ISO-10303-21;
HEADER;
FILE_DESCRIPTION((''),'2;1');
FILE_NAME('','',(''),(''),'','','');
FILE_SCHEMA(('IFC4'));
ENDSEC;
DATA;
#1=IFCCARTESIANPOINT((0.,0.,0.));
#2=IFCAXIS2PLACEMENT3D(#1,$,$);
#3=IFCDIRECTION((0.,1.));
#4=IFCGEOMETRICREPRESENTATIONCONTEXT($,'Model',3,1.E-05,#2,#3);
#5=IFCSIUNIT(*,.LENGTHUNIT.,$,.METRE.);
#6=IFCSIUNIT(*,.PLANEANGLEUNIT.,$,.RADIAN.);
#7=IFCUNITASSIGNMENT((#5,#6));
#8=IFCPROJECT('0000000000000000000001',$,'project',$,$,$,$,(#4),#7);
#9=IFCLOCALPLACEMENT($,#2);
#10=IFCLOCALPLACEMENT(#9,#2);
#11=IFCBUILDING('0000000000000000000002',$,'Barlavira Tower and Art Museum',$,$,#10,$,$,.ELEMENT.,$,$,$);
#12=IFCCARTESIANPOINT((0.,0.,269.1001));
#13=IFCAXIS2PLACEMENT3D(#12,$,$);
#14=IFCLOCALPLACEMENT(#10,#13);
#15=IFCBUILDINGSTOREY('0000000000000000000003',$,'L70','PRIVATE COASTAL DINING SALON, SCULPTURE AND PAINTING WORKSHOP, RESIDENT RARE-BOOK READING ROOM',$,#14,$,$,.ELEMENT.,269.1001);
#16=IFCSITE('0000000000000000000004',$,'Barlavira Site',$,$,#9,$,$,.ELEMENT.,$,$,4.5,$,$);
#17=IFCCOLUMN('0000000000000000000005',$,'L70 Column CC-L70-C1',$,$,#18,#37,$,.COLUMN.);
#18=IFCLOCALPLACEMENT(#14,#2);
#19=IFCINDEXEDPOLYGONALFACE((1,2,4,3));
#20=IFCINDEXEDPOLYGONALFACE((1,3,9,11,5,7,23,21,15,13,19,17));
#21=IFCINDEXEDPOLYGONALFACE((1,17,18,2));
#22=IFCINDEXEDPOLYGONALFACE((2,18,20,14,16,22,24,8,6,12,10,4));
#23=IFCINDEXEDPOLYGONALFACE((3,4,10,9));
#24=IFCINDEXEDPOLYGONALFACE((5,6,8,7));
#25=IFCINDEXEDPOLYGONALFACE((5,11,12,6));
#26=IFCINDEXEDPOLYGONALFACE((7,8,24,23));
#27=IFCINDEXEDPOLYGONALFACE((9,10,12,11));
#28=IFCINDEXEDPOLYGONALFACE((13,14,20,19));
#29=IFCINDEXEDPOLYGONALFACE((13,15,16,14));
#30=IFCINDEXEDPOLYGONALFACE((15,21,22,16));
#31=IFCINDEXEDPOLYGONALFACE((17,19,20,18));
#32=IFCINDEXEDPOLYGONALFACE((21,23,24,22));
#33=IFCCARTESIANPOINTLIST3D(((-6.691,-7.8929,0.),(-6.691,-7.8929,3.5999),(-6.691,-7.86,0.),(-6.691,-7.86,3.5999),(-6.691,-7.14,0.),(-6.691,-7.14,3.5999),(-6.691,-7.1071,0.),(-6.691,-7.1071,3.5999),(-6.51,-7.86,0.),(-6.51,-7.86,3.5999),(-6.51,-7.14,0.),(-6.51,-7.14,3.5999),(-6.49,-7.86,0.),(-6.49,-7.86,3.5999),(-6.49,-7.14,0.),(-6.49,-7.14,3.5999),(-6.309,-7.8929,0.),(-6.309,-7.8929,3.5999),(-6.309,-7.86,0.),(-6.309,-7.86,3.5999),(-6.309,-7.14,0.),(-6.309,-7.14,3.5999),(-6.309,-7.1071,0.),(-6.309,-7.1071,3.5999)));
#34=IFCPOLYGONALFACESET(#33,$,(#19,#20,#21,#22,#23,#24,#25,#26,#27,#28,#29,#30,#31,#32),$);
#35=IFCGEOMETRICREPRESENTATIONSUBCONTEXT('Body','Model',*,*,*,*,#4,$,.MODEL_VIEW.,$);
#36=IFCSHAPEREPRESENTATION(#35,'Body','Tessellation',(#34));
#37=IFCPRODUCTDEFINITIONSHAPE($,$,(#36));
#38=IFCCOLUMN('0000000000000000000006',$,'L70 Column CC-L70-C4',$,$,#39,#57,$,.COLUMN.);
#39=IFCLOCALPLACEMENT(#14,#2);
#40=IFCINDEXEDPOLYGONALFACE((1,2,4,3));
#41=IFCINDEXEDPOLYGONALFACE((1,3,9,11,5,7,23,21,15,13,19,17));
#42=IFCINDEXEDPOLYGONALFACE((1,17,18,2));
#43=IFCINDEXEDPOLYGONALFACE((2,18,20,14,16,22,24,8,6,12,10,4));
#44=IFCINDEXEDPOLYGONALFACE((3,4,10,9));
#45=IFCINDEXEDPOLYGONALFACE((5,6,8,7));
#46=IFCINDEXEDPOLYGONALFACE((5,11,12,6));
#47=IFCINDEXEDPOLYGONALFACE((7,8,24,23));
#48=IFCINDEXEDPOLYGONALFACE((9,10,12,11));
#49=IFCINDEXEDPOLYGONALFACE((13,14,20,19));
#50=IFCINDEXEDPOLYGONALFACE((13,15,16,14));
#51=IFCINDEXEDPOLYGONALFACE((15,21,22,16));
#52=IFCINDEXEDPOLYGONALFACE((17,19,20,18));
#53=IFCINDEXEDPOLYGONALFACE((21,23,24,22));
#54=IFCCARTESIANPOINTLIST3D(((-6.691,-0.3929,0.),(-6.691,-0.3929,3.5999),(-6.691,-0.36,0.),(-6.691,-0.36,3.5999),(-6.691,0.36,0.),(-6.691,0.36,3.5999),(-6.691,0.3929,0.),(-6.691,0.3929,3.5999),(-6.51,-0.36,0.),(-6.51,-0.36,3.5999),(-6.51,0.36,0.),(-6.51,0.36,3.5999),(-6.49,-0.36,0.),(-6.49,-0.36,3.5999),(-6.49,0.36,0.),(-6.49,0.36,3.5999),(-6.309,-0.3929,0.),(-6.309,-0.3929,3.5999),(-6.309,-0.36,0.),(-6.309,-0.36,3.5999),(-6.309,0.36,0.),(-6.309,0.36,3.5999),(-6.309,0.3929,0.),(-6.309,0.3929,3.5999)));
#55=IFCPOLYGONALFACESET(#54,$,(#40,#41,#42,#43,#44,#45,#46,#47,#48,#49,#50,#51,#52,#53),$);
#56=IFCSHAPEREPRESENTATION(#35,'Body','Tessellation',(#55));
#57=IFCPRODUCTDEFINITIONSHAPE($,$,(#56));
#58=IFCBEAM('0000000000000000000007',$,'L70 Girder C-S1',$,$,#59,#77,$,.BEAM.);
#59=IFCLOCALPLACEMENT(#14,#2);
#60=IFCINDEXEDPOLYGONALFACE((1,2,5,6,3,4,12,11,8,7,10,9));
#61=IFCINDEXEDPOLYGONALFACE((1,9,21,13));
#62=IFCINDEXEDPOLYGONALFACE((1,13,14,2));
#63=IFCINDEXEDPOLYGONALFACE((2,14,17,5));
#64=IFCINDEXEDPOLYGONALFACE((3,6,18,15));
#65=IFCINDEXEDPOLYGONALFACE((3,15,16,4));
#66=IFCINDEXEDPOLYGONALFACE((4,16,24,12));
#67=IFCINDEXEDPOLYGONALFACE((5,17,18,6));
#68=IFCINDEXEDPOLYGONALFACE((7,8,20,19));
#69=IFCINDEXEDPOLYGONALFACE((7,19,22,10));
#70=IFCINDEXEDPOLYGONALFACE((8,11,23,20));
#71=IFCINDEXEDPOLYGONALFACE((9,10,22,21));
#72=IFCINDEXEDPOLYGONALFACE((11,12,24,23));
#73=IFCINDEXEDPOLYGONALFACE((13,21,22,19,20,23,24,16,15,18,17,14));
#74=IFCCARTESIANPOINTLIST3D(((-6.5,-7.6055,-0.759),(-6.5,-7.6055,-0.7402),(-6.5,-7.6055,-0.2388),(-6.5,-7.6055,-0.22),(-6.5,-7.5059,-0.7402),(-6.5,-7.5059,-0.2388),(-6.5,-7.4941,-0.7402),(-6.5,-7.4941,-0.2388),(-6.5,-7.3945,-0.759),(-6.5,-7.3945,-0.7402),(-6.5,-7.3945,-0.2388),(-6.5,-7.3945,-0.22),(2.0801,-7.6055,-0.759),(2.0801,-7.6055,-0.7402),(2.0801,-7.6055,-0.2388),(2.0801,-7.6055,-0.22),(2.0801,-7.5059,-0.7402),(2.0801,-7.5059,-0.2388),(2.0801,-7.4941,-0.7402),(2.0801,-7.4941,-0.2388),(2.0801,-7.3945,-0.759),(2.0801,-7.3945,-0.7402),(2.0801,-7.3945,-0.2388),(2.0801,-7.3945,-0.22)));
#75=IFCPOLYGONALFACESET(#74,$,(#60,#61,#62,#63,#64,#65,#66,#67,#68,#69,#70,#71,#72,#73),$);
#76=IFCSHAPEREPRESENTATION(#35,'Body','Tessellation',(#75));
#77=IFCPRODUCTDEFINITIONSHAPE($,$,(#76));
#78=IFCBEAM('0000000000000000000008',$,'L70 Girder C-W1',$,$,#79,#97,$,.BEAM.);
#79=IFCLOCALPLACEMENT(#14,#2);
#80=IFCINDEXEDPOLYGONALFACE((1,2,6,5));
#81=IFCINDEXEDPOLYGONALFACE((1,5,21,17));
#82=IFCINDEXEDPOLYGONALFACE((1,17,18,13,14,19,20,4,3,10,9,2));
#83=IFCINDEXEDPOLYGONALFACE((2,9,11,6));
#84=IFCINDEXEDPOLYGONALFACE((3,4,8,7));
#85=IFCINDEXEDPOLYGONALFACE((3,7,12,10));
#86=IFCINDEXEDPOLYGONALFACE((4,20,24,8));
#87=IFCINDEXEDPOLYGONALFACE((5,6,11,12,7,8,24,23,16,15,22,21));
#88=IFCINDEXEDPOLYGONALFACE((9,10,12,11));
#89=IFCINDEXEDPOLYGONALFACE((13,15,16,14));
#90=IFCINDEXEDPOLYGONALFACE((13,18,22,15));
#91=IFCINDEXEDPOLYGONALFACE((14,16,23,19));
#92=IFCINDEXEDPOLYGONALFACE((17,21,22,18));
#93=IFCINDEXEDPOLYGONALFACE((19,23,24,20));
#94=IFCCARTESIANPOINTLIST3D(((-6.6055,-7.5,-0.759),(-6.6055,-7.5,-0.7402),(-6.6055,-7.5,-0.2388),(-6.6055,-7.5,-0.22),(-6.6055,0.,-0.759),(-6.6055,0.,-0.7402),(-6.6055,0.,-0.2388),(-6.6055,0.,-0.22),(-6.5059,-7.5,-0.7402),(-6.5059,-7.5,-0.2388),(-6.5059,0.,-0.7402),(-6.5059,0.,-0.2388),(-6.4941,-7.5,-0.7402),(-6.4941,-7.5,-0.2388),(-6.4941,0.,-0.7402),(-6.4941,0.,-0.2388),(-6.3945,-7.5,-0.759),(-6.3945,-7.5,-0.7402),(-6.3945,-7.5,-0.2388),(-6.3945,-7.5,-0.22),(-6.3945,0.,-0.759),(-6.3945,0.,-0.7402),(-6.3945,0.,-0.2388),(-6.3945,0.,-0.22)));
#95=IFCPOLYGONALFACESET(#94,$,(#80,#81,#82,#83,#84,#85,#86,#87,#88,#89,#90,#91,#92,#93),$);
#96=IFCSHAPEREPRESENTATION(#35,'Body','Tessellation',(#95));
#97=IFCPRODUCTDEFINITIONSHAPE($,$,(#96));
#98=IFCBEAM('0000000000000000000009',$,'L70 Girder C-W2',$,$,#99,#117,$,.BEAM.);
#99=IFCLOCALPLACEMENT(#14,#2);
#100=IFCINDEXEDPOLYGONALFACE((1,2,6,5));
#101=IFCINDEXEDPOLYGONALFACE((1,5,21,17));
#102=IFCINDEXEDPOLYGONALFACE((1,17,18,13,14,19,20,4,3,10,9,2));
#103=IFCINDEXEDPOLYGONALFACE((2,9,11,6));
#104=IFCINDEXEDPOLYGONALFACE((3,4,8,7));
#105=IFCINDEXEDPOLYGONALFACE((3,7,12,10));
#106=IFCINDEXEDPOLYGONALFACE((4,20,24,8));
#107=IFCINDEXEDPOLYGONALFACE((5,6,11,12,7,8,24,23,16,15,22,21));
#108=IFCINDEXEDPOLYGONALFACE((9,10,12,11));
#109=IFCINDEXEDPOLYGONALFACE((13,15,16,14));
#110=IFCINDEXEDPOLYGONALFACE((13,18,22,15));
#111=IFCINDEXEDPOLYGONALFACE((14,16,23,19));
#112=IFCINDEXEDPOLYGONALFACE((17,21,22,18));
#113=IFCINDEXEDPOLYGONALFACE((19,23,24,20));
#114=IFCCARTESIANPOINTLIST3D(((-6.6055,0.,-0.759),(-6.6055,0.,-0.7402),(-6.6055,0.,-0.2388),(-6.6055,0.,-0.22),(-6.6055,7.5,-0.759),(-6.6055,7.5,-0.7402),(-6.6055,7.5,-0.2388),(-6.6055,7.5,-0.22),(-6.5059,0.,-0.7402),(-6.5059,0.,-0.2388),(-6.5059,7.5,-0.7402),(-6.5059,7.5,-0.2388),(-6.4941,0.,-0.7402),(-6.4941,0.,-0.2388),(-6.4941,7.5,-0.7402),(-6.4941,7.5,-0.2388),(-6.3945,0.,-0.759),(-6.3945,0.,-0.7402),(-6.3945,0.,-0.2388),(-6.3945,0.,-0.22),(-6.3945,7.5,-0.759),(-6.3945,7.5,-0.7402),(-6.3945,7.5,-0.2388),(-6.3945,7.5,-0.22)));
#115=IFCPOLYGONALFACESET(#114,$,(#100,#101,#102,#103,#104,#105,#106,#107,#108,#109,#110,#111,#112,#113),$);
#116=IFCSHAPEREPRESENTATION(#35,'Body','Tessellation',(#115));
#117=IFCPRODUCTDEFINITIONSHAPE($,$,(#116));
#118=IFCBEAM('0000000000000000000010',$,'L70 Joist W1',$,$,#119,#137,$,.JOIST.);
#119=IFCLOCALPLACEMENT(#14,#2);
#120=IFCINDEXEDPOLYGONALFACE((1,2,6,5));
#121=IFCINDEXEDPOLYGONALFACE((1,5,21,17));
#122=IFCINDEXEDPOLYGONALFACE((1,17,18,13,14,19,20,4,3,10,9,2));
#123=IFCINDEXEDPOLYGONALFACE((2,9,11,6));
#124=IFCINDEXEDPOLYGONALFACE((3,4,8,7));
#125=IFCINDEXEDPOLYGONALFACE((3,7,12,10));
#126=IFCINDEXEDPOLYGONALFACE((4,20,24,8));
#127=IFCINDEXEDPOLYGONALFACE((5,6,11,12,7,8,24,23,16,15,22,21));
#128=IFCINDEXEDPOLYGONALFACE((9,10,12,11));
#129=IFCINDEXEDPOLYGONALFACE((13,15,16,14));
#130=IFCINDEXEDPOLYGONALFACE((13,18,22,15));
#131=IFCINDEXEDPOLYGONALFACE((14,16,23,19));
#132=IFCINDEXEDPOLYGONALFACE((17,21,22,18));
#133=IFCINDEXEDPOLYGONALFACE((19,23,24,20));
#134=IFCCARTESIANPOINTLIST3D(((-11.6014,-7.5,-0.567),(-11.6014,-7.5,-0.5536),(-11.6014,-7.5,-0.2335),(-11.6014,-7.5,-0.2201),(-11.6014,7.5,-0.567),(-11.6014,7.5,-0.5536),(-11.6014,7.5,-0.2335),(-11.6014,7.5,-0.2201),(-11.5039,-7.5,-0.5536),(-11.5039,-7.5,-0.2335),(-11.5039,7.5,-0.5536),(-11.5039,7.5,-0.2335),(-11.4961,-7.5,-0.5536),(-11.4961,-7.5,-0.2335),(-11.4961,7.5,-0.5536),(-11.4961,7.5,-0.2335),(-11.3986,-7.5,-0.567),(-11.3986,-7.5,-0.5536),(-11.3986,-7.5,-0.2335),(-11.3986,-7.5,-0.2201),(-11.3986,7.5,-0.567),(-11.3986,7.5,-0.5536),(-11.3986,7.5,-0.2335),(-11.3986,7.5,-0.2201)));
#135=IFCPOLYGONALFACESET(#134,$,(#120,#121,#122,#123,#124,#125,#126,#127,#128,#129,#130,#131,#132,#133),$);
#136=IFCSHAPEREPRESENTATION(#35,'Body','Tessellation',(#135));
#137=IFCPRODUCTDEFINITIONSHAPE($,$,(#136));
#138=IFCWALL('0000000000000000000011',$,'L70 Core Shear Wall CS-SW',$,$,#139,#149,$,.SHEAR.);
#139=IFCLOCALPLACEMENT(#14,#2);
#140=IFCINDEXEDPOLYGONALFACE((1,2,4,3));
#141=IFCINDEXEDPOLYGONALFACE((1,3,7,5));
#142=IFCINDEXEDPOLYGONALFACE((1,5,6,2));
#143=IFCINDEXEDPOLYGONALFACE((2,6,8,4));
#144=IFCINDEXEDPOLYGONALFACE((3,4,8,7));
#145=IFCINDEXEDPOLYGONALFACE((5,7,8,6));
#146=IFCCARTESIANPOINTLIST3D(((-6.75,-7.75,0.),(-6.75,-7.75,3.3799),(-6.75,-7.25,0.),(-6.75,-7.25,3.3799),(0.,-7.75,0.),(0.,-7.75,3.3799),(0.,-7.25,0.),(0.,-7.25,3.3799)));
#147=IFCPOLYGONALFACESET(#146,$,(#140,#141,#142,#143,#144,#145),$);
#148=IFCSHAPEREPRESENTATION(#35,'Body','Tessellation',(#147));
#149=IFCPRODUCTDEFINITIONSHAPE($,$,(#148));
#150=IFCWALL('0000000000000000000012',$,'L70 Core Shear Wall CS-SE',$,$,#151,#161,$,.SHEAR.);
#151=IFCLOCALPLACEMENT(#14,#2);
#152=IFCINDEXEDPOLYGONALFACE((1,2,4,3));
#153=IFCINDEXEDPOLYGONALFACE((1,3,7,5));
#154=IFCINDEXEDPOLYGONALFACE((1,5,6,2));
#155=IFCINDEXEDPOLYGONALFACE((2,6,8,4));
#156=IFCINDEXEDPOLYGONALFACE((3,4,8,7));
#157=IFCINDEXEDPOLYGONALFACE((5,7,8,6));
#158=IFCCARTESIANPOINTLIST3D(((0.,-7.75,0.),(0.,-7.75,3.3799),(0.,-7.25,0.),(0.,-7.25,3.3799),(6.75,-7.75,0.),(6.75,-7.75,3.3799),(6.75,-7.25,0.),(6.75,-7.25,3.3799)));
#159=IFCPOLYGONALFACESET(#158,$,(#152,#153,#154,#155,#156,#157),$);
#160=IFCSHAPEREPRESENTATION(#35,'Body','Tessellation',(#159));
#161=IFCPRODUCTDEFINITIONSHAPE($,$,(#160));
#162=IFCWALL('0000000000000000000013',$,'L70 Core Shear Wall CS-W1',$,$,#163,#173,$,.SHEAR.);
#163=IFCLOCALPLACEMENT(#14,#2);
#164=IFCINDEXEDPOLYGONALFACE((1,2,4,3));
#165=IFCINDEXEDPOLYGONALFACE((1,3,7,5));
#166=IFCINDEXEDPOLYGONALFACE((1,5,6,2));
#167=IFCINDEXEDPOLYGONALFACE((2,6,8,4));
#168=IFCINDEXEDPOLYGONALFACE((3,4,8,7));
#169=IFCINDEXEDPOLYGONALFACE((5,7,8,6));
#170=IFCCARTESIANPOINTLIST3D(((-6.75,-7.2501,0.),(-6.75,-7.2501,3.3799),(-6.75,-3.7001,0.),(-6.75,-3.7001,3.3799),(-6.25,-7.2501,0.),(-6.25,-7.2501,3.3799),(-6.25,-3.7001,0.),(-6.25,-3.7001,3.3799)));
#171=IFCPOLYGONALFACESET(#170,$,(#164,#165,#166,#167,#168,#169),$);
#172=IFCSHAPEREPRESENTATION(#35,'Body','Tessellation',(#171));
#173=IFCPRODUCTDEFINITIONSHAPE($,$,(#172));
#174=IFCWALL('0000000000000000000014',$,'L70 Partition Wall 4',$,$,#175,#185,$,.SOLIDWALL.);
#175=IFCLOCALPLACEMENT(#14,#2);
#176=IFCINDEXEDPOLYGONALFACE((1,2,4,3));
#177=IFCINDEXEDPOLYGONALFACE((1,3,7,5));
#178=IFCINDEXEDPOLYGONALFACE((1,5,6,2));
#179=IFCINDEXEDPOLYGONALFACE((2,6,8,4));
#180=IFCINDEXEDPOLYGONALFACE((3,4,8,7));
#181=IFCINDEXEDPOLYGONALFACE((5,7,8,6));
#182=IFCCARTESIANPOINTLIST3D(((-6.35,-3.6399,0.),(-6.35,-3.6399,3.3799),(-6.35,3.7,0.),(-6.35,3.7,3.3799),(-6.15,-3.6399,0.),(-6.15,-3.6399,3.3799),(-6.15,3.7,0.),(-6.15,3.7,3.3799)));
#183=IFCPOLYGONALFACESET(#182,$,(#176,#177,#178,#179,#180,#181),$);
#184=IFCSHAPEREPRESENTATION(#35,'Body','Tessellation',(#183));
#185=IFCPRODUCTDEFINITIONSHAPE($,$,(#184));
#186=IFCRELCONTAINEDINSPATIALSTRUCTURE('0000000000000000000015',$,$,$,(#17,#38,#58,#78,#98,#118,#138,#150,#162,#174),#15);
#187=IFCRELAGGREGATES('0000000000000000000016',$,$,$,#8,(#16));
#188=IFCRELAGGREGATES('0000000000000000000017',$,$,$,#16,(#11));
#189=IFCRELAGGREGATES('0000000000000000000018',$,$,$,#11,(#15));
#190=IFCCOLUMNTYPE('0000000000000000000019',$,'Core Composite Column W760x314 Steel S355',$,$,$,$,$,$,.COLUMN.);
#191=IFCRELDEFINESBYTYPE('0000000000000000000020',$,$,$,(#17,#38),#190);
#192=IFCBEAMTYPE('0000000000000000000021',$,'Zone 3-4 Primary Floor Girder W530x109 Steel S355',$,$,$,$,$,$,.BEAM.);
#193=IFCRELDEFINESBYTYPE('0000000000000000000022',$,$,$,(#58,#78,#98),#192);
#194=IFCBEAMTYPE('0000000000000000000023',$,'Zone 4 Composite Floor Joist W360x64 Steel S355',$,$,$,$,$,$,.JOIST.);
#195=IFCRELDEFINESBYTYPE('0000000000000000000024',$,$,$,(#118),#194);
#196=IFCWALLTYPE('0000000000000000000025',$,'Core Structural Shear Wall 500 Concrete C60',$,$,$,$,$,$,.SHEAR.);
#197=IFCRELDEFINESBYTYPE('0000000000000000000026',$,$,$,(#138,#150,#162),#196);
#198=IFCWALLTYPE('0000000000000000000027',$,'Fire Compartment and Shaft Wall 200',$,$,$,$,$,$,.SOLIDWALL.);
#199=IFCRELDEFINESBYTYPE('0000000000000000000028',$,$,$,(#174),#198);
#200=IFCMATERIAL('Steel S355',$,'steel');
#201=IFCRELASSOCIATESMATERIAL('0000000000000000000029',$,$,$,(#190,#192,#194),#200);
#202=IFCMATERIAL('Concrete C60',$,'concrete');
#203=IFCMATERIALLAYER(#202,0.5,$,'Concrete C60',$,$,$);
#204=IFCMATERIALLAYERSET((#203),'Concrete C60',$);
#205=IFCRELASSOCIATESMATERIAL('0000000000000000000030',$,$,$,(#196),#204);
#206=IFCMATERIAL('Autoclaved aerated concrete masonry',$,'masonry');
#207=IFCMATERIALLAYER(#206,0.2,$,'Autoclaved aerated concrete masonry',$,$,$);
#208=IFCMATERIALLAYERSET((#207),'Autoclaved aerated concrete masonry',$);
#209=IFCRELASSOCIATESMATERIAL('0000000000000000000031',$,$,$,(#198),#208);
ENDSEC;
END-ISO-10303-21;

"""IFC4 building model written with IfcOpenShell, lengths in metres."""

from ifc_helpers import new_model, si_unit, direction, frame, frame_2d, origin, origin_2d, place, context, subcontext, project, spatial, rectangle, i_section, extrude, material, layer, layer_set, material_profile, profile_set, type_object, element, save


model = new_model("IFC4")

# Units and contexts
model_context = context("Model", 3, precision=1e-05, world=origin(), true_north=direction((0.0, 1.0)))
body_context = subcontext(model_context, "Body", "Model", "MODEL_VIEW")
ifc_project = project(units=[si_unit("LENGTHUNIT", "METRE"), si_unit("PLANEANGLEUNIT", "RADIAN")], contexts=[model_context])

# Site, building, storey
site_placement = place(None, origin())
site = spatial("IfcSite", under=ifc_project, at=site_placement, Name="Barlavira Site", CompositionType="ELEMENT", RefElevation=4.5)
building_placement = place(site_placement, origin())
building = spatial("IfcBuilding", under=site, at=building_placement, Name="Barlavira Tower and Art Museum", CompositionType="ELEMENT")
storey_placement = place(building_placement, frame((0.0, 0.0, 269.1001)))
storey = spatial("IfcBuildingStorey", under=building, at=storey_placement, Name="L70", Description="PRIVATE COASTAL DINING SALON, SCULPTURE AND PAINTING WORKSHOP, RESIDENT RARE-BOOK READING ROOM", CompositionType="ELEMENT", Elevation=269.1001)

# Columns
ifc_material_1 = material(Name="Steel S355", Category="steel")
ifc_material_profile_1 = material_profile(ifc_material_1, i_section(OverallWidth=0.3821, OverallDepth=0.7859, WebThickness=0.02, FlangeThickness=0.033, at=origin_2d()), Name="W760x314.0")
ifc_profile_set_1 = profile_set([ifc_material_profile_1], Name="Steel S355")
column_type = type_object("IfcColumnType", Name="Core Composite Column W760x314 Steel S355", PredefinedType="COLUMN", material=ifc_profile_set_1)
for number, where, z_axis, x_axis, name in (
    (1, (-6.5, -7.5, 0.0), (0.0, 0.0, 1.0), (1.0, 0.0, 0.0), "L70 Column CC-L70-C1"),
    (2, (-6.5, 0.0, 0.0), (0.0, 0.0, 1.0), (1.0, 0.0, 0.0), "L70 Column CC-L70-C4"),
):
    element("IfcColumn", number, at=place(storey_placement, frame(where, z_axis=z_axis, x_axis=x_axis)), inside=storey, type_object=column_type, Name=name, PredefinedType="COLUMN", context=body_context, shape_type="SweptSolid", body=[
        extrude(i_section(OverallWidth=0.3821, OverallDepth=0.7859, WebThickness=0.02, FlangeThickness=0.033, at=origin_2d()), origin(), (0.0, 0.0, 1.0), 3.5999),
    ])

# Beams
ifc_material_profile_2 = material_profile(ifc_material_1, i_section(OverallWidth=0.2109, OverallDepth=0.5391, WebThickness=0.0117, FlangeThickness=0.0188, at=origin_2d()), Name="W530x109.0")
ifc_profile_set_2 = profile_set([ifc_material_profile_2], Name="Steel S355")
beam_type_1 = type_object("IfcBeamType", Name="Zone 3-4 Primary Floor Girder W530x109 Steel S355", PredefinedType="BEAM", material=ifc_profile_set_2)
beam_1_placement = place(storey_placement, frame((-6.5, -7.5, -0.4895), z_axis=(1.0, 0.0, 0.0), x_axis=(0.0, 1.0, 0.0)))
element("IfcBeam", 3, at=beam_1_placement, inside=storey, type_object=beam_type_1, Name="L70 Girder C-S1", PredefinedType="BEAM", context=body_context, shape_type="SweptSolid", body=[
    extrude(i_section(OverallWidth=0.2109, OverallDepth=0.5391, WebThickness=0.0117, FlangeThickness=0.0188, at=origin_2d()), origin(), (0.0, 0.0, 1.0), 8.5801),
])
for number, where, z_axis, x_axis, name in (
    (4, (-6.5, -7.5, -0.4895), (0.0, 1.0, 0.0), (-1.0, 0.0, 0.0), "L70 Girder C-W1"),
    (5, (-6.5, 0.0, -0.4895), (0.0, 1.0, 0.0), (-1.0, 0.0, 0.0), "L70 Girder C-W2"),
):
    element("IfcBeam", number, at=place(storey_placement, frame(where, z_axis=z_axis, x_axis=x_axis)), inside=storey, type_object=beam_type_1, Name=name, PredefinedType="BEAM", context=body_context, shape_type="SweptSolid", body=[
        extrude(i_section(OverallWidth=0.2109, OverallDepth=0.5391, WebThickness=0.0117, FlangeThickness=0.0188, at=origin_2d()), origin(), (0.0, 0.0, 1.0), 7.5),
    ])
ifc_material_profile_3 = material_profile(ifc_material_1, i_section(OverallWidth=0.2029, OverallDepth=0.3469, WebThickness=0.0078, FlangeThickness=0.0134, at=origin_2d()), Name="W360x64.0")
ifc_profile_set_3 = profile_set([ifc_material_profile_3], Name="Steel S355")
beam_type_2 = type_object("IfcBeamType", Name="Zone 4 Composite Floor Joist W360x64 Steel S355", PredefinedType="JOIST", material=ifc_profile_set_3)
beam_2_placement = place(storey_placement, frame((-11.5, -7.5, -0.3936), z_axis=(0.0, 1.0, 0.0), x_axis=(-1.0, 0.0, 0.0)))
element("IfcBeam", 6, at=beam_2_placement, inside=storey, type_object=beam_type_2, Name="L70 Joist W1", PredefinedType="JOIST", context=body_context, shape_type="SweptSolid", body=[
    extrude(i_section(OverallWidth=0.2029, OverallDepth=0.3469, WebThickness=0.0078, FlangeThickness=0.0134, at=origin_2d()), origin(), (0.0, 0.0, 1.0), 15.0),
])

# Walls
ifc_material_2 = material(Name="Concrete C60", Category="concrete")
ifc_layer_1 = layer(ifc_material_2, 0.5, Name="Concrete C60")
ifc_layer_set_1 = layer_set([ifc_layer_1], Name="Concrete C60")
wall_type_1 = type_object("IfcWallType", Name="Core Structural Shear Wall 500 Concrete C60", PredefinedType="SHEAR", material=ifc_layer_set_1)
for number, where, z_axis, x_axis, name in (
    (7, (-6.75, -7.5, 0.0), (0.0, 0.0, 1.0), (1.0, 0.0, 0.0), "L70 Core Shear Wall CS-SW"),
    (8, (0.0, -7.5, 0.0), (0.0, 0.0, 1.0), (1.0, 0.0, 0.0), "L70 Core Shear Wall CS-SE"),
):
    element("IfcWall", number, at=place(storey_placement, frame(where, z_axis=z_axis, x_axis=x_axis)), inside=storey, type_object=wall_type_1, Name=name, PredefinedType="SHEAR", context=body_context, shape_type="SweptSolid", body=[
        extrude(rectangle(XDim=6.75, YDim=0.5, at=frame_2d((3.375, 0.0))), origin(), (0.0, 0.0, 1.0), 3.3799),
    ])
wall_1_placement = place(storey_placement, frame((-6.5, -7.25, 0.0), z_axis=(0.0, 0.0, 1.0), x_axis=(0.0, 1.0, 0.0)))
element("IfcWall", 9, at=wall_1_placement, inside=storey, type_object=wall_type_1, Name="L70 Core Shear Wall CS-W1", PredefinedType="SHEAR", context=body_context, shape_type="SweptSolid", body=[
    extrude(rectangle(XDim=3.55, YDim=0.5, at=frame_2d((1.7749, 0.0))), origin(), (0.0, 0.0, 1.0), 3.3799),
])
ifc_material_3 = material(Name="Autoclaved aerated concrete masonry", Category="masonry")
ifc_layer_2 = layer(ifc_material_3, 0.2, Name="Autoclaved aerated concrete masonry")
ifc_layer_set_2 = layer_set([ifc_layer_2], Name="Autoclaved aerated concrete masonry")
wall_type_2 = type_object("IfcWallType", Name="Fire Compartment and Shaft Wall 200", PredefinedType="SOLIDWALL", material=ifc_layer_set_2)
wall_2_placement = place(storey_placement, frame((-6.25, -3.6399, 0.0), z_axis=(0.0, 0.0, 1.0), x_axis=(0.0, 1.0, 0.0)))
element("IfcWall", 10, at=wall_2_placement, inside=storey, type_object=wall_type_2, Name="L70 Partition Wall 4", PredefinedType="SOLIDWALL", context=body_context, shape_type="SweptSolid", body=[
    extrude(rectangle(XDim=7.3398, YDim=0.2, at=frame_2d((3.6699, 0.0))), origin(), (0.0, 0.0, 1.0), 3.3799),
])

save(model, "model.ifc")
